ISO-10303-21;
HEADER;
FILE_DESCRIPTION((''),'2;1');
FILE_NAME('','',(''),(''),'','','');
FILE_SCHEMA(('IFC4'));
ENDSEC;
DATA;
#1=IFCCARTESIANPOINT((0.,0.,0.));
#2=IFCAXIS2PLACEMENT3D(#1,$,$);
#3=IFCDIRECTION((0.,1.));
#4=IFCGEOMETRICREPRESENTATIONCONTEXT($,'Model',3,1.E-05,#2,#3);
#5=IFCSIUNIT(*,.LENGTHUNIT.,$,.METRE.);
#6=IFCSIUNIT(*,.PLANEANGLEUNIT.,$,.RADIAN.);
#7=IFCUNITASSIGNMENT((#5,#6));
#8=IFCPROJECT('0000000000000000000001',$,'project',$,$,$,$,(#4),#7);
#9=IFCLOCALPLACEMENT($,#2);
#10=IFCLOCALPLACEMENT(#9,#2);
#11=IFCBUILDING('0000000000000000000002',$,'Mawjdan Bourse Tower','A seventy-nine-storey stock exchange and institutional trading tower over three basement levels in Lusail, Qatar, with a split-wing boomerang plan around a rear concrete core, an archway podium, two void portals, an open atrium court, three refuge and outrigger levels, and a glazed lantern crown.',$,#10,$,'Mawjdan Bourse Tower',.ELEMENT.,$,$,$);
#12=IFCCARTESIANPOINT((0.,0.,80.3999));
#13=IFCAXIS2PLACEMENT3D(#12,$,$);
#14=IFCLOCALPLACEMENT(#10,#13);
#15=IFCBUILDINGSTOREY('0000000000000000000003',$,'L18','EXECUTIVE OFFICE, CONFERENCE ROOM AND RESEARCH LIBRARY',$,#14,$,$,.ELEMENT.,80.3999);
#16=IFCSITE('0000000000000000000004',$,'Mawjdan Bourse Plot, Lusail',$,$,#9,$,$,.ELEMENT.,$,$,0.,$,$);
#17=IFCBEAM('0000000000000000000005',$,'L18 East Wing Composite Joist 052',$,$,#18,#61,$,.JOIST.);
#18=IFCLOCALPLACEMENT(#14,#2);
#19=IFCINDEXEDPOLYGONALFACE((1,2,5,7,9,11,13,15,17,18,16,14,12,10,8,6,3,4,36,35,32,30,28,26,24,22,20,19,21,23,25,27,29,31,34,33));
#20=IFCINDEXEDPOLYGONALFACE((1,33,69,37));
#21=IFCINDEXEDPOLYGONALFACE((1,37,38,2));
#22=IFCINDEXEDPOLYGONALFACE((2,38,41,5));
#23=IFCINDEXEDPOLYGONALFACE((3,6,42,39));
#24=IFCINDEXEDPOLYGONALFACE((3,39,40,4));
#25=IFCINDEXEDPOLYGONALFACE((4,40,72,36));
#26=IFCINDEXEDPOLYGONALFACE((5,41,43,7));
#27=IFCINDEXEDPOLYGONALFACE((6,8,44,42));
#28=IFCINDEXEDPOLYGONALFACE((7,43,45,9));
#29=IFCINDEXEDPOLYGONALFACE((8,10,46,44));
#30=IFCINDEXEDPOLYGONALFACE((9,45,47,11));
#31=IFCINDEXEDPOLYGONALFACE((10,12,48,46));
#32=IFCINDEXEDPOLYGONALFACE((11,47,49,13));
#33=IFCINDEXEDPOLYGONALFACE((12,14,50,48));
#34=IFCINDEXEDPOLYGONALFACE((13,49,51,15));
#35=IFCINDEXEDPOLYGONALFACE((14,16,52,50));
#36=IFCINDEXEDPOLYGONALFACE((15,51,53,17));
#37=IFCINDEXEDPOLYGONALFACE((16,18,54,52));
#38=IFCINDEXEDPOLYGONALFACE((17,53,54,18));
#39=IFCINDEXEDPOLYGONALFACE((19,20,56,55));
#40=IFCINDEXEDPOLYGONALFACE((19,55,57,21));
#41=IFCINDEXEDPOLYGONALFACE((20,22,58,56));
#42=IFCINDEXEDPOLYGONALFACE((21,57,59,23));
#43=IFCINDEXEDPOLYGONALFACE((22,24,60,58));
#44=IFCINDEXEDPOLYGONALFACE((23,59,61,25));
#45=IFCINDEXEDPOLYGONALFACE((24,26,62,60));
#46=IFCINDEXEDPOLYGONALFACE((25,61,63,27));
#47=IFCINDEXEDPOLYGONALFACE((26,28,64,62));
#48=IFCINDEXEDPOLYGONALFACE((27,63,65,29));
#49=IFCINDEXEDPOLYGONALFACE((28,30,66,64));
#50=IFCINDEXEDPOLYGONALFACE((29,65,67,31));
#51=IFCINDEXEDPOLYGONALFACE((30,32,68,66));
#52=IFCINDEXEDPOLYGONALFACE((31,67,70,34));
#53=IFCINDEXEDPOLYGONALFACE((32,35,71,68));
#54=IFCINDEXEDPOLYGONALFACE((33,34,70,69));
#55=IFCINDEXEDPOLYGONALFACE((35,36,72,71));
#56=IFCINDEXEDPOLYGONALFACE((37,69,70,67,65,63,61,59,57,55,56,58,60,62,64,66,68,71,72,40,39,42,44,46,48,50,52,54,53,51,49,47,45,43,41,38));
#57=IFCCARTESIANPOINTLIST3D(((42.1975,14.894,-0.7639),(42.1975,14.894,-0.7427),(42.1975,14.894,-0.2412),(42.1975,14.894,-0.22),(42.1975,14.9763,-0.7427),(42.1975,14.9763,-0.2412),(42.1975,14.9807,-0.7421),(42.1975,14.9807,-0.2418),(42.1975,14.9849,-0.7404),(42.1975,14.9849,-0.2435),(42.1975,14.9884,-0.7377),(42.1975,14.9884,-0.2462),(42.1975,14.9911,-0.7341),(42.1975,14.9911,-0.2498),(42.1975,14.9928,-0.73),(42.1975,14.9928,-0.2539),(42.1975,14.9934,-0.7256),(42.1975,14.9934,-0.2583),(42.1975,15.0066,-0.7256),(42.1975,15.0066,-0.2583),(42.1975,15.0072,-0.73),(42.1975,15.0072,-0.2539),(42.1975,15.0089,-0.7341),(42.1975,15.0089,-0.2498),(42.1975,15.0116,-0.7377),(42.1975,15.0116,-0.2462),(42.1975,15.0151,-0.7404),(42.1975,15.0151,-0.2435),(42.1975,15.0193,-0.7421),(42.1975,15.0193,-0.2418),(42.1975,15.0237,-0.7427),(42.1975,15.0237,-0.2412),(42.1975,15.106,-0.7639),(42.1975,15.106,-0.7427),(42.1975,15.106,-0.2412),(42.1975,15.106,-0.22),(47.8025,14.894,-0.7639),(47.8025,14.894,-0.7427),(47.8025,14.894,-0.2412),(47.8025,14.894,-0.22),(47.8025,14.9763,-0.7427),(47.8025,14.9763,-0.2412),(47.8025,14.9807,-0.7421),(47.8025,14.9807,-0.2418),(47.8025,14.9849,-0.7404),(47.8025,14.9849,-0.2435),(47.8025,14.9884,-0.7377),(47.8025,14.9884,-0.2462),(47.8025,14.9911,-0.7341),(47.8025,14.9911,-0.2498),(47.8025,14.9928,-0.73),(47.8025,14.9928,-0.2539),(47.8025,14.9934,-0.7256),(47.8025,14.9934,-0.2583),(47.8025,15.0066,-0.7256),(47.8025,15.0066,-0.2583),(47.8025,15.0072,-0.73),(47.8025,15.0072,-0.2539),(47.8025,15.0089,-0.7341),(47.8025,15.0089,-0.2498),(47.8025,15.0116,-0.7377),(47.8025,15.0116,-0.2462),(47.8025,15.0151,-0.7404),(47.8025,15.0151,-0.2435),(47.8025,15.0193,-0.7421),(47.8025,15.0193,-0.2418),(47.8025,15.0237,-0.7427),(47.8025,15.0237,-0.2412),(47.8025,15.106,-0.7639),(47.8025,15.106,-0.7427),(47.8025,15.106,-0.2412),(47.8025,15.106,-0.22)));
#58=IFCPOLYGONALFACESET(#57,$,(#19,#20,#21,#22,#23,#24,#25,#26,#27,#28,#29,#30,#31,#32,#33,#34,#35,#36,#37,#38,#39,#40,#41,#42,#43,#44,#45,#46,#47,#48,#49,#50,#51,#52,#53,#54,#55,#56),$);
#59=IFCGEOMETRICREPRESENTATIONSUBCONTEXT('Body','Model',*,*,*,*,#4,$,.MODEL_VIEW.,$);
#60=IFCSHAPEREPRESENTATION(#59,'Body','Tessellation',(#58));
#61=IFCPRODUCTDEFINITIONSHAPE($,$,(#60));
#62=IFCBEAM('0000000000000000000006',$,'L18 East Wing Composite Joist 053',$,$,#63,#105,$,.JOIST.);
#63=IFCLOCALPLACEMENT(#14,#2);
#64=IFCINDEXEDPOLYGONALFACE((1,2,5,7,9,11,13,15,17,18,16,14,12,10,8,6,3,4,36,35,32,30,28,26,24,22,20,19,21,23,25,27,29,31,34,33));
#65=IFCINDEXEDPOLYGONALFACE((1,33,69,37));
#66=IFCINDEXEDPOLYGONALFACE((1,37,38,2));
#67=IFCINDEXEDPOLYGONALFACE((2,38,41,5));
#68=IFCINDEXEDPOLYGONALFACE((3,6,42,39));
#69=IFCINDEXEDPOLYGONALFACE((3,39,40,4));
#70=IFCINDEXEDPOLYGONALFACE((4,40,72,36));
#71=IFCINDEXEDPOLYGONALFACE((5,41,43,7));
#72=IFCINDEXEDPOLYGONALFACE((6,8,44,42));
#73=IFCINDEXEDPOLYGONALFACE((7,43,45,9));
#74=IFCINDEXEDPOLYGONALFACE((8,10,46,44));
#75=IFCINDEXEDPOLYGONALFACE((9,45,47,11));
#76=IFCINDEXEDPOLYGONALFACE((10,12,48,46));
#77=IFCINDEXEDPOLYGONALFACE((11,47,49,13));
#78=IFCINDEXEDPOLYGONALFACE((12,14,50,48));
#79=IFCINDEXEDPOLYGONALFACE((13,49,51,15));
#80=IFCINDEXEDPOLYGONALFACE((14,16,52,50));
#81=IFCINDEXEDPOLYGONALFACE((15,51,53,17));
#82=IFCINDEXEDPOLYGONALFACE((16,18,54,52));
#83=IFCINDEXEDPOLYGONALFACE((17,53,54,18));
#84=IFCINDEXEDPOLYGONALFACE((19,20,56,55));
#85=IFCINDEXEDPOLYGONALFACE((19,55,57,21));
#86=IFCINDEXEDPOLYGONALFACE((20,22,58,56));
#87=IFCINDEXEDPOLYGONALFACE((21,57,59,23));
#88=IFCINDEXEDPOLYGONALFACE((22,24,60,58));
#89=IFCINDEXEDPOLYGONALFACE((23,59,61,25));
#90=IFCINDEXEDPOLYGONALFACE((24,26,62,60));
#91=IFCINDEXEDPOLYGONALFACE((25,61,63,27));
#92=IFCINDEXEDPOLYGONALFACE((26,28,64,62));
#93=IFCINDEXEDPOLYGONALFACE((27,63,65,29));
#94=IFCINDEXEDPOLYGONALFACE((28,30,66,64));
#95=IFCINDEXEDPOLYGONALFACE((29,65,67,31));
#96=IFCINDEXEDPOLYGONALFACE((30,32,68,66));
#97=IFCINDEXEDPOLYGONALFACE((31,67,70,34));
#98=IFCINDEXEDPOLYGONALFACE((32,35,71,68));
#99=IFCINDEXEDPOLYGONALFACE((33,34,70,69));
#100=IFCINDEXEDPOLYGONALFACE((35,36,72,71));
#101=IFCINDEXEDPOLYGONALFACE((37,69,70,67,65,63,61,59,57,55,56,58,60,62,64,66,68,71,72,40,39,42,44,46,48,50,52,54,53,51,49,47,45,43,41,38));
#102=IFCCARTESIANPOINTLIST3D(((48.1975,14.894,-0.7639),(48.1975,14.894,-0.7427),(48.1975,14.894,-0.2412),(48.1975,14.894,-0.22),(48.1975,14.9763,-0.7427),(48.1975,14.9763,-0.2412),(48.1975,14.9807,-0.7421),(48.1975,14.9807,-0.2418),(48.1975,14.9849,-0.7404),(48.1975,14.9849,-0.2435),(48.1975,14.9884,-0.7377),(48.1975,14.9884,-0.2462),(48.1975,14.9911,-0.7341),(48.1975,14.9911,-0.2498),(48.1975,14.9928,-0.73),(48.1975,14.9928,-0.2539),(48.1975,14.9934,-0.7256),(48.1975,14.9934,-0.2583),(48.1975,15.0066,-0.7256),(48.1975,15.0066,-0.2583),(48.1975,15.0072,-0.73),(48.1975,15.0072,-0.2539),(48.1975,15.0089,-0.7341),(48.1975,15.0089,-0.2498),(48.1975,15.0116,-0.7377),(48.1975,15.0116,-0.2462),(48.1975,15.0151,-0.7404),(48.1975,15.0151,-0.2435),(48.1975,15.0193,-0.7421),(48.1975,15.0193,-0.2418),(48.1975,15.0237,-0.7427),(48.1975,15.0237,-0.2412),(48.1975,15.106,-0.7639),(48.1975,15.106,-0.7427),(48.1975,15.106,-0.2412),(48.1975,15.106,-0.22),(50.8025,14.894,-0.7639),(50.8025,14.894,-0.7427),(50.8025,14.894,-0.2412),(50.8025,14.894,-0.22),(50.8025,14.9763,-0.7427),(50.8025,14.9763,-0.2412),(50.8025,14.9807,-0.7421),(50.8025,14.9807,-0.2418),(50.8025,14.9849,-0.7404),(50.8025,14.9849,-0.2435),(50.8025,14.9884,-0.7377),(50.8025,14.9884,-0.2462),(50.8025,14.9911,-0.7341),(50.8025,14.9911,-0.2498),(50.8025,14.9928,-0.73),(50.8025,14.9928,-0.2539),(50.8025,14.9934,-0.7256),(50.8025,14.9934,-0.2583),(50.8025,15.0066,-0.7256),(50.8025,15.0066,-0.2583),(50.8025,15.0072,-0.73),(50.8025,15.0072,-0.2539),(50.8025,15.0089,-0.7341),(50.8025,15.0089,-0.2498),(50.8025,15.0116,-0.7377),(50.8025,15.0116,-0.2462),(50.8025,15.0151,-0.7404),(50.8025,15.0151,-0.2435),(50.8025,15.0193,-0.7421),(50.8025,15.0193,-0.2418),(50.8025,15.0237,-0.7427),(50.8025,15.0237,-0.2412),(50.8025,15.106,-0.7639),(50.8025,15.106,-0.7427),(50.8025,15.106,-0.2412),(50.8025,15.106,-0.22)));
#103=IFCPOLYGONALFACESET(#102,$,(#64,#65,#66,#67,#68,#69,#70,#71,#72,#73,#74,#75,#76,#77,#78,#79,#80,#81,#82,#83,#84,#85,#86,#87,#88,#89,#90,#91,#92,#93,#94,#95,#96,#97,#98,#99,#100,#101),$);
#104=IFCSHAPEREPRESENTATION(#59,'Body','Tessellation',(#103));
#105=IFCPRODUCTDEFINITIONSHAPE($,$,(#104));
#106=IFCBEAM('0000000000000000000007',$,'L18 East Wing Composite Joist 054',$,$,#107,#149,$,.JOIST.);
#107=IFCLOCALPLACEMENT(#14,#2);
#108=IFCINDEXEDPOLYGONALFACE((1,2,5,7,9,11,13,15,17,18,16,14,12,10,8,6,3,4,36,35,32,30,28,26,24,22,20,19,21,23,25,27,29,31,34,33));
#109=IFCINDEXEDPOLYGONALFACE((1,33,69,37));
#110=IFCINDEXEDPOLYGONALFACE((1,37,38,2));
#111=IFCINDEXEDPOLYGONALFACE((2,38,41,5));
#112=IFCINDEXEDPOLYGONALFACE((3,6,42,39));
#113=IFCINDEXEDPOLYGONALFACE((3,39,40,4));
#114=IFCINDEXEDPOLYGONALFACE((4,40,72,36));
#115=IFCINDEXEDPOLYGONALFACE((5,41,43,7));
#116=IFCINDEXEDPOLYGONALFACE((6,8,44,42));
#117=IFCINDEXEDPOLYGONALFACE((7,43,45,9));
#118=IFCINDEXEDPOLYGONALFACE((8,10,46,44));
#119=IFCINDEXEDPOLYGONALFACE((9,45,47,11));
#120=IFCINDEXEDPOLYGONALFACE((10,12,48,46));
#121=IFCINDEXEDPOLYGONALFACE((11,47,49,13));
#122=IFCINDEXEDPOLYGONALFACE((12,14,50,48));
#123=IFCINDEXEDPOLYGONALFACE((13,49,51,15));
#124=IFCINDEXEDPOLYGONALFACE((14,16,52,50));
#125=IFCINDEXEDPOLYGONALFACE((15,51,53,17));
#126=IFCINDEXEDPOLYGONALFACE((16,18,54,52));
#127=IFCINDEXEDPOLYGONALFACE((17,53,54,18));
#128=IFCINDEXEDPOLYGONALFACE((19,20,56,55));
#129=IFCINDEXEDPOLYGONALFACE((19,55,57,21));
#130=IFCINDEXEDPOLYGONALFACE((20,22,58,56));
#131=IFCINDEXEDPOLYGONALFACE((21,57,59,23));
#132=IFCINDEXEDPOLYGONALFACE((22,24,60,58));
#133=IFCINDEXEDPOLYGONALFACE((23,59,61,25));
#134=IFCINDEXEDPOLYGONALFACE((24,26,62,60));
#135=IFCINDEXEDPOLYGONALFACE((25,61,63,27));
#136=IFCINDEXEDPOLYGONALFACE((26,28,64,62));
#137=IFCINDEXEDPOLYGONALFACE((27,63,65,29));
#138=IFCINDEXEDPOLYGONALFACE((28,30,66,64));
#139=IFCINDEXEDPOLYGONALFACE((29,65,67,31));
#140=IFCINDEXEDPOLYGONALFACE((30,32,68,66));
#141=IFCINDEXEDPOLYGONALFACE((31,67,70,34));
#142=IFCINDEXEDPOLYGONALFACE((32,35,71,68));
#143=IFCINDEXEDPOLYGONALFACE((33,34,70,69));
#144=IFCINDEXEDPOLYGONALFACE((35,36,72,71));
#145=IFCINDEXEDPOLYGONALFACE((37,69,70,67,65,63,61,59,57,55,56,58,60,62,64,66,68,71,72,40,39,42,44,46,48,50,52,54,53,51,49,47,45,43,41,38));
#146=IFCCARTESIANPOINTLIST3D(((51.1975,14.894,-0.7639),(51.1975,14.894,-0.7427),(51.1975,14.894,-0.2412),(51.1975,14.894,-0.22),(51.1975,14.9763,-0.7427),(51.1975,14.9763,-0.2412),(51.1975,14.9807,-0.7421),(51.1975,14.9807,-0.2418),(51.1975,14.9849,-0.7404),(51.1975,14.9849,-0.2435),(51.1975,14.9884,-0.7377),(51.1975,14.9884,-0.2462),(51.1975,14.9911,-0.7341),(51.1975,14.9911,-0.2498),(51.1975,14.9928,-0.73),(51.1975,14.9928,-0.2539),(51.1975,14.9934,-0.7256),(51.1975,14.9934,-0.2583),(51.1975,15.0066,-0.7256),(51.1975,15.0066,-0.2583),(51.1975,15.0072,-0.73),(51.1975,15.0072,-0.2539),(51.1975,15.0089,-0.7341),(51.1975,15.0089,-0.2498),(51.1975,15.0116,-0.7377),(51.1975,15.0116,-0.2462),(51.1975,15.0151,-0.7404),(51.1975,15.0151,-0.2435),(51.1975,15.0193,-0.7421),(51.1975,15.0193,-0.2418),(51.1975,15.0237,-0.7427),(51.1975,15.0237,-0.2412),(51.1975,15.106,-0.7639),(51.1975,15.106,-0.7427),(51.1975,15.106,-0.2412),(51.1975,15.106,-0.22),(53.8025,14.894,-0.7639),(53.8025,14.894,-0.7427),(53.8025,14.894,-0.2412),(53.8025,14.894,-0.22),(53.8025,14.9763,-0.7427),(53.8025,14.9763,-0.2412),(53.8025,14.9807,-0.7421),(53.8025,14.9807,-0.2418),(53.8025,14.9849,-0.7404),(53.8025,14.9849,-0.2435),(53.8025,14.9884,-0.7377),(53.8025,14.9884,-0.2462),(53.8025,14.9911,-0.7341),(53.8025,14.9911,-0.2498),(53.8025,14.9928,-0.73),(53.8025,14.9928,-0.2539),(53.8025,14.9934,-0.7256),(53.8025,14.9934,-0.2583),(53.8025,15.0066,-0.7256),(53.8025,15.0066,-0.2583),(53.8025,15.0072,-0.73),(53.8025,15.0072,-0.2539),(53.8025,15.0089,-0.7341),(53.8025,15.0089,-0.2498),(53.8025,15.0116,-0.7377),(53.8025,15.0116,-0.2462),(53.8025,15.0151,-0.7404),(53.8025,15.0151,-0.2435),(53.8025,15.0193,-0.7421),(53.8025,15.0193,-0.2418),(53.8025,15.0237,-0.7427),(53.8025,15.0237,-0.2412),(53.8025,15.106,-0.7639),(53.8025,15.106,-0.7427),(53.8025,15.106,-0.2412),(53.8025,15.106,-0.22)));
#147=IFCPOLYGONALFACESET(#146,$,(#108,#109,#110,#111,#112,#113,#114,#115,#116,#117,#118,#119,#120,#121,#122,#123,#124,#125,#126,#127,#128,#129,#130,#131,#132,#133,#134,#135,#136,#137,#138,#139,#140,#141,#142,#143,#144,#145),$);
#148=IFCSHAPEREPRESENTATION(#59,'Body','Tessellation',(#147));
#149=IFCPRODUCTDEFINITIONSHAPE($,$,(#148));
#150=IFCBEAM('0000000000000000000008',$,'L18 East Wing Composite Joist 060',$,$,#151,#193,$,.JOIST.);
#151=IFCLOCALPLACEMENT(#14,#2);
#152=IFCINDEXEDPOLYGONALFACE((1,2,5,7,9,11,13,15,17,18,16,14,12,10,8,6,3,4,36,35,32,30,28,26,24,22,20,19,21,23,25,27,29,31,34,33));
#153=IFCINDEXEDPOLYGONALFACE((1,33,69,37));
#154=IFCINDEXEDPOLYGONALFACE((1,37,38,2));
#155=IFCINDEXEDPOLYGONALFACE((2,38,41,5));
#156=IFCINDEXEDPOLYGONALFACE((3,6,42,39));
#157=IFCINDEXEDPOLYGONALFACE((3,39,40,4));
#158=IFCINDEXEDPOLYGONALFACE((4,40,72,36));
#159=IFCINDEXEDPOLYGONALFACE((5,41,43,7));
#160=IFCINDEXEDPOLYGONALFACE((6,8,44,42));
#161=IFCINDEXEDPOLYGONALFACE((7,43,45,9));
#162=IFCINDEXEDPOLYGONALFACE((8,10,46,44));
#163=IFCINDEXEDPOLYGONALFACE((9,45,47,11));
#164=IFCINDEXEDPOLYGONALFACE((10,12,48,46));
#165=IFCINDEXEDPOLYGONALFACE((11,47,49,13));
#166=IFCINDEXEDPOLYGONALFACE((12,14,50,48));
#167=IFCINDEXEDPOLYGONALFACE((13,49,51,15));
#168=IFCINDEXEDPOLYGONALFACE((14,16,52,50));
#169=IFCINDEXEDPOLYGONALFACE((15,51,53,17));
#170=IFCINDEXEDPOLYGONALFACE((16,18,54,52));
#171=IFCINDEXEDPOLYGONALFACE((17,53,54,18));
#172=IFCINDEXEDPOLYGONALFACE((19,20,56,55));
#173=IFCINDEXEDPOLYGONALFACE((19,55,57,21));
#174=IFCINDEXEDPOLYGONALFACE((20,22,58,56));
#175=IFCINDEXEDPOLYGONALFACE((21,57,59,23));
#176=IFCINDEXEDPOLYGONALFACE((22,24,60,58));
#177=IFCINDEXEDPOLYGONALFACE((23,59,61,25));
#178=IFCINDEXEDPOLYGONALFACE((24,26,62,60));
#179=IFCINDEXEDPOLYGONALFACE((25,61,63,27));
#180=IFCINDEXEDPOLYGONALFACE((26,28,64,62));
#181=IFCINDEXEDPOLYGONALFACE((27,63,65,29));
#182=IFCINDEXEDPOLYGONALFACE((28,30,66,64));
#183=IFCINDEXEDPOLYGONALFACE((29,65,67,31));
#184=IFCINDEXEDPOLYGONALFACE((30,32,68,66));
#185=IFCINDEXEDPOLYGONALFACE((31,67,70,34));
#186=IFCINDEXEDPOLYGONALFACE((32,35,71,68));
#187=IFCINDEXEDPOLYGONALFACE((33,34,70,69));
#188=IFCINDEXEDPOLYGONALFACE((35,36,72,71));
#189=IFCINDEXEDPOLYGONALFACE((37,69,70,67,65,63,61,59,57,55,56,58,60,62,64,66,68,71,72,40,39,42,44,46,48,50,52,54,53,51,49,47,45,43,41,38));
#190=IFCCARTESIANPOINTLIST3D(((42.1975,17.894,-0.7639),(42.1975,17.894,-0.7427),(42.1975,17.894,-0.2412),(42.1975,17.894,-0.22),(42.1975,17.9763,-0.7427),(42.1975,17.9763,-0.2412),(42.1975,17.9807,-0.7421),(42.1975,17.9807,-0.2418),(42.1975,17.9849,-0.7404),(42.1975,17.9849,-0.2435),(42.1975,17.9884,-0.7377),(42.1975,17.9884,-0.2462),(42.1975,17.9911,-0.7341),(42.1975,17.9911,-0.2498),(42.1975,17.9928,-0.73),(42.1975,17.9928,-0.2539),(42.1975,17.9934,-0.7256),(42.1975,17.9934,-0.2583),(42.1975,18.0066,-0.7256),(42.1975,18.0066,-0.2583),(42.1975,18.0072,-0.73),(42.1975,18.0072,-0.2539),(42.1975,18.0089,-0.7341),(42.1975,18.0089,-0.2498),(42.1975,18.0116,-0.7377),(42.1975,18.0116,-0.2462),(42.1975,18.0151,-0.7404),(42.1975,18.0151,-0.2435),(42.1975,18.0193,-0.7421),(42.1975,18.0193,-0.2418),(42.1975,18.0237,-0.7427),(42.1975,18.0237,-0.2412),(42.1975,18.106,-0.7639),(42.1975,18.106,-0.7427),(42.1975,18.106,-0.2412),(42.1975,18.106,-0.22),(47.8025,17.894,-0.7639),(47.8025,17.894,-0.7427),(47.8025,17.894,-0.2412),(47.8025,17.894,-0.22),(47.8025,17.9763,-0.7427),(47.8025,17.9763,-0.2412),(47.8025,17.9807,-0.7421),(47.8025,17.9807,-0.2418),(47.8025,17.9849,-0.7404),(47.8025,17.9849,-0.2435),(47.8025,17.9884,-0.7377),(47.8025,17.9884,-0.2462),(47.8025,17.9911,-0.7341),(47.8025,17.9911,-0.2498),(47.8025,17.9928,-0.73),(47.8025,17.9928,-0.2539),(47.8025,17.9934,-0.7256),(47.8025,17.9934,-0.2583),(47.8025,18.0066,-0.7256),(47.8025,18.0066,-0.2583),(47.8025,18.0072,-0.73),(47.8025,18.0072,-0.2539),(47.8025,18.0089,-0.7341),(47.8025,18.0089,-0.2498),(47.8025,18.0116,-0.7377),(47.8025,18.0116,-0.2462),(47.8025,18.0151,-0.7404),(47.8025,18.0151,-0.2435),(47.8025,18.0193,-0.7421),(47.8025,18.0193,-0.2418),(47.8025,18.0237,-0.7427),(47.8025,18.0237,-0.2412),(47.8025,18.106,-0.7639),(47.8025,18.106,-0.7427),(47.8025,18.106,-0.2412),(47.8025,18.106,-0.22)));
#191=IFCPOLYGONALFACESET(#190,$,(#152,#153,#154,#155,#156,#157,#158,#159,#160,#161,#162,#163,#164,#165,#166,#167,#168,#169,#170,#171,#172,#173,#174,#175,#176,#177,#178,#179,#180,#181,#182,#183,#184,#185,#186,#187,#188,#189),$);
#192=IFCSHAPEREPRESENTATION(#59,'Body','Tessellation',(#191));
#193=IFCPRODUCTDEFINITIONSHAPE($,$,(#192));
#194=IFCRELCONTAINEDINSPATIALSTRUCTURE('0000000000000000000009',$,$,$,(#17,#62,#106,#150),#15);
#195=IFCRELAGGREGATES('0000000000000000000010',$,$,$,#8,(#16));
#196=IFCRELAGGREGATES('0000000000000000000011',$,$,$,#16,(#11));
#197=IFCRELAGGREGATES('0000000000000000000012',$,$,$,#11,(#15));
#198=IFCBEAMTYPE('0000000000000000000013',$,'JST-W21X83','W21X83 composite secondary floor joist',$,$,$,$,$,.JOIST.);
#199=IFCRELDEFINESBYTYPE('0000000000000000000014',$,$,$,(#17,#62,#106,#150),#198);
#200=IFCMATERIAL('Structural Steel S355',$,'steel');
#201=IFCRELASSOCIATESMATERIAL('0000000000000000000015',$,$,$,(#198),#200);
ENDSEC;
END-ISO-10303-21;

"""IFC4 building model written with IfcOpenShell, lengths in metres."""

from ifc_helpers import new_model, si_unit, direction, frame, origin, origin_2d, place, context, subcontext, project, spatial, i_section, extrude, material, material_profile, profile_set, type_object, element, save


model = new_model("IFC4")

# Units and contexts
model_context = context("Model", 3, precision=1e-05, world=origin(), true_north=direction((0.0, 1.0)))
body_context = subcontext(model_context, "Body", "Model", "MODEL_VIEW")
ifc_project = project(units=[si_unit("LENGTHUNIT", "METRE"), si_unit("PLANEANGLEUNIT", "RADIAN")], contexts=[model_context])

# Site, building, storey
site_placement = place(None, origin())
site = spatial("IfcSite", under=ifc_project, at=site_placement, Name="Mawjdan Bourse Plot, Lusail", CompositionType="ELEMENT", RefElevation=0.0)
building_placement = place(site_placement, origin())
building = spatial("IfcBuilding", under=site, at=building_placement, Name="Mawjdan Bourse Tower", Description="A seventy-nine-storey stock exchange and institutional trading tower over three basement levels in Lusail, Qatar, with a split-wing boomerang plan around a rear concrete core, an archway podium, two void portals, an open atrium court, three refuge and outrigger levels, and a glazed lantern crown.", LongName="Mawjdan Bourse Tower", CompositionType="ELEMENT")
storey_placement = place(building_placement, frame((0.0, 0.0, 80.3999)))
storey = spatial("IfcBuildingStorey", under=building, at=storey_placement, Name="L18", Description="EXECUTIVE OFFICE, CONFERENCE ROOM AND RESEARCH LIBRARY", CompositionType="ELEMENT", Elevation=80.3999)

# Beams
ifc_material_1 = material(Name="Structural Steel S355", Category="steel")
ifc_material_profile_1 = material_profile(ifc_material_1, i_section(OverallWidth=0.2119, OverallDepth=0.5439, WebThickness=0.0132, FlangeThickness=0.0212, FilletRadius=0.0171, at=origin_2d()), Name="W21X83")
ifc_profile_set_1 = profile_set([ifc_material_profile_1], Name="Structural Steel S355")
beam_type_1 = type_object("IfcBeamType", Name="JST-W21X83", Description="W21X83 composite secondary floor joist", PredefinedType="JOIST", material=ifc_profile_set_1)
beam_1_placement = place(storey_placement, frame((42.1975, 15.0, -0.4919), z_axis=(1.0, 0.0, 0.0), x_axis=(0.0, 1.0, 0.0)))
element("IfcBeam", 1, at=beam_1_placement, inside=storey, type_object=beam_type_1, Name="L18 East Wing Composite Joist 052", PredefinedType="JOIST", context=body_context, shape_type="SweptSolid", body=[
    extrude(i_section(OverallWidth=0.2119, OverallDepth=0.5439, WebThickness=0.0132, FlangeThickness=0.0212, FilletRadius=0.0171, at=origin_2d()), origin(), (0.0, 0.0, 1.0), 5.605),
])
for number, where, z_axis, x_axis, name in (
    (2, (48.1975, 15.0, -0.4919), (1.0, 0.0, 0.0), (0.0, 1.0, 0.0), "L18 East Wing Composite Joist 053"),
    (3, (51.1975, 15.0, -0.4919), (1.0, 0.0, 0.0), (0.0, 1.0, 0.0), "L18 East Wing Composite Joist 054"),
):
    element("IfcBeam", number, at=place(storey_placement, frame(where, z_axis=z_axis, x_axis=x_axis)), inside=storey, type_object=beam_type_1, Name=name, PredefinedType="JOIST", context=body_context, shape_type="SweptSolid", body=[
        extrude(i_section(OverallWidth=0.2119, OverallDepth=0.5439, WebThickness=0.0132, FlangeThickness=0.0212, FilletRadius=0.0171, at=origin_2d()), origin(), (0.0, 0.0, 1.0), 2.605),
    ])
beam_2_placement = place(storey_placement, frame((42.1975, 18.0, -0.4919), z_axis=(1.0, 0.0, 0.0), x_axis=(0.0, 1.0, 0.0)))
element("IfcBeam", 4, at=beam_2_placement, inside=storey, type_object=beam_type_1, Name="L18 East Wing Composite Joist 060", PredefinedType="JOIST", context=body_context, shape_type="SweptSolid", body=[
    extrude(i_section(OverallWidth=0.2119, OverallDepth=0.5439, WebThickness=0.0132, FlangeThickness=0.0212, FilletRadius=0.0171, at=origin_2d()), origin(), (0.0, 0.0, 1.0), 5.605),
])

save(model, "model.ifc")
